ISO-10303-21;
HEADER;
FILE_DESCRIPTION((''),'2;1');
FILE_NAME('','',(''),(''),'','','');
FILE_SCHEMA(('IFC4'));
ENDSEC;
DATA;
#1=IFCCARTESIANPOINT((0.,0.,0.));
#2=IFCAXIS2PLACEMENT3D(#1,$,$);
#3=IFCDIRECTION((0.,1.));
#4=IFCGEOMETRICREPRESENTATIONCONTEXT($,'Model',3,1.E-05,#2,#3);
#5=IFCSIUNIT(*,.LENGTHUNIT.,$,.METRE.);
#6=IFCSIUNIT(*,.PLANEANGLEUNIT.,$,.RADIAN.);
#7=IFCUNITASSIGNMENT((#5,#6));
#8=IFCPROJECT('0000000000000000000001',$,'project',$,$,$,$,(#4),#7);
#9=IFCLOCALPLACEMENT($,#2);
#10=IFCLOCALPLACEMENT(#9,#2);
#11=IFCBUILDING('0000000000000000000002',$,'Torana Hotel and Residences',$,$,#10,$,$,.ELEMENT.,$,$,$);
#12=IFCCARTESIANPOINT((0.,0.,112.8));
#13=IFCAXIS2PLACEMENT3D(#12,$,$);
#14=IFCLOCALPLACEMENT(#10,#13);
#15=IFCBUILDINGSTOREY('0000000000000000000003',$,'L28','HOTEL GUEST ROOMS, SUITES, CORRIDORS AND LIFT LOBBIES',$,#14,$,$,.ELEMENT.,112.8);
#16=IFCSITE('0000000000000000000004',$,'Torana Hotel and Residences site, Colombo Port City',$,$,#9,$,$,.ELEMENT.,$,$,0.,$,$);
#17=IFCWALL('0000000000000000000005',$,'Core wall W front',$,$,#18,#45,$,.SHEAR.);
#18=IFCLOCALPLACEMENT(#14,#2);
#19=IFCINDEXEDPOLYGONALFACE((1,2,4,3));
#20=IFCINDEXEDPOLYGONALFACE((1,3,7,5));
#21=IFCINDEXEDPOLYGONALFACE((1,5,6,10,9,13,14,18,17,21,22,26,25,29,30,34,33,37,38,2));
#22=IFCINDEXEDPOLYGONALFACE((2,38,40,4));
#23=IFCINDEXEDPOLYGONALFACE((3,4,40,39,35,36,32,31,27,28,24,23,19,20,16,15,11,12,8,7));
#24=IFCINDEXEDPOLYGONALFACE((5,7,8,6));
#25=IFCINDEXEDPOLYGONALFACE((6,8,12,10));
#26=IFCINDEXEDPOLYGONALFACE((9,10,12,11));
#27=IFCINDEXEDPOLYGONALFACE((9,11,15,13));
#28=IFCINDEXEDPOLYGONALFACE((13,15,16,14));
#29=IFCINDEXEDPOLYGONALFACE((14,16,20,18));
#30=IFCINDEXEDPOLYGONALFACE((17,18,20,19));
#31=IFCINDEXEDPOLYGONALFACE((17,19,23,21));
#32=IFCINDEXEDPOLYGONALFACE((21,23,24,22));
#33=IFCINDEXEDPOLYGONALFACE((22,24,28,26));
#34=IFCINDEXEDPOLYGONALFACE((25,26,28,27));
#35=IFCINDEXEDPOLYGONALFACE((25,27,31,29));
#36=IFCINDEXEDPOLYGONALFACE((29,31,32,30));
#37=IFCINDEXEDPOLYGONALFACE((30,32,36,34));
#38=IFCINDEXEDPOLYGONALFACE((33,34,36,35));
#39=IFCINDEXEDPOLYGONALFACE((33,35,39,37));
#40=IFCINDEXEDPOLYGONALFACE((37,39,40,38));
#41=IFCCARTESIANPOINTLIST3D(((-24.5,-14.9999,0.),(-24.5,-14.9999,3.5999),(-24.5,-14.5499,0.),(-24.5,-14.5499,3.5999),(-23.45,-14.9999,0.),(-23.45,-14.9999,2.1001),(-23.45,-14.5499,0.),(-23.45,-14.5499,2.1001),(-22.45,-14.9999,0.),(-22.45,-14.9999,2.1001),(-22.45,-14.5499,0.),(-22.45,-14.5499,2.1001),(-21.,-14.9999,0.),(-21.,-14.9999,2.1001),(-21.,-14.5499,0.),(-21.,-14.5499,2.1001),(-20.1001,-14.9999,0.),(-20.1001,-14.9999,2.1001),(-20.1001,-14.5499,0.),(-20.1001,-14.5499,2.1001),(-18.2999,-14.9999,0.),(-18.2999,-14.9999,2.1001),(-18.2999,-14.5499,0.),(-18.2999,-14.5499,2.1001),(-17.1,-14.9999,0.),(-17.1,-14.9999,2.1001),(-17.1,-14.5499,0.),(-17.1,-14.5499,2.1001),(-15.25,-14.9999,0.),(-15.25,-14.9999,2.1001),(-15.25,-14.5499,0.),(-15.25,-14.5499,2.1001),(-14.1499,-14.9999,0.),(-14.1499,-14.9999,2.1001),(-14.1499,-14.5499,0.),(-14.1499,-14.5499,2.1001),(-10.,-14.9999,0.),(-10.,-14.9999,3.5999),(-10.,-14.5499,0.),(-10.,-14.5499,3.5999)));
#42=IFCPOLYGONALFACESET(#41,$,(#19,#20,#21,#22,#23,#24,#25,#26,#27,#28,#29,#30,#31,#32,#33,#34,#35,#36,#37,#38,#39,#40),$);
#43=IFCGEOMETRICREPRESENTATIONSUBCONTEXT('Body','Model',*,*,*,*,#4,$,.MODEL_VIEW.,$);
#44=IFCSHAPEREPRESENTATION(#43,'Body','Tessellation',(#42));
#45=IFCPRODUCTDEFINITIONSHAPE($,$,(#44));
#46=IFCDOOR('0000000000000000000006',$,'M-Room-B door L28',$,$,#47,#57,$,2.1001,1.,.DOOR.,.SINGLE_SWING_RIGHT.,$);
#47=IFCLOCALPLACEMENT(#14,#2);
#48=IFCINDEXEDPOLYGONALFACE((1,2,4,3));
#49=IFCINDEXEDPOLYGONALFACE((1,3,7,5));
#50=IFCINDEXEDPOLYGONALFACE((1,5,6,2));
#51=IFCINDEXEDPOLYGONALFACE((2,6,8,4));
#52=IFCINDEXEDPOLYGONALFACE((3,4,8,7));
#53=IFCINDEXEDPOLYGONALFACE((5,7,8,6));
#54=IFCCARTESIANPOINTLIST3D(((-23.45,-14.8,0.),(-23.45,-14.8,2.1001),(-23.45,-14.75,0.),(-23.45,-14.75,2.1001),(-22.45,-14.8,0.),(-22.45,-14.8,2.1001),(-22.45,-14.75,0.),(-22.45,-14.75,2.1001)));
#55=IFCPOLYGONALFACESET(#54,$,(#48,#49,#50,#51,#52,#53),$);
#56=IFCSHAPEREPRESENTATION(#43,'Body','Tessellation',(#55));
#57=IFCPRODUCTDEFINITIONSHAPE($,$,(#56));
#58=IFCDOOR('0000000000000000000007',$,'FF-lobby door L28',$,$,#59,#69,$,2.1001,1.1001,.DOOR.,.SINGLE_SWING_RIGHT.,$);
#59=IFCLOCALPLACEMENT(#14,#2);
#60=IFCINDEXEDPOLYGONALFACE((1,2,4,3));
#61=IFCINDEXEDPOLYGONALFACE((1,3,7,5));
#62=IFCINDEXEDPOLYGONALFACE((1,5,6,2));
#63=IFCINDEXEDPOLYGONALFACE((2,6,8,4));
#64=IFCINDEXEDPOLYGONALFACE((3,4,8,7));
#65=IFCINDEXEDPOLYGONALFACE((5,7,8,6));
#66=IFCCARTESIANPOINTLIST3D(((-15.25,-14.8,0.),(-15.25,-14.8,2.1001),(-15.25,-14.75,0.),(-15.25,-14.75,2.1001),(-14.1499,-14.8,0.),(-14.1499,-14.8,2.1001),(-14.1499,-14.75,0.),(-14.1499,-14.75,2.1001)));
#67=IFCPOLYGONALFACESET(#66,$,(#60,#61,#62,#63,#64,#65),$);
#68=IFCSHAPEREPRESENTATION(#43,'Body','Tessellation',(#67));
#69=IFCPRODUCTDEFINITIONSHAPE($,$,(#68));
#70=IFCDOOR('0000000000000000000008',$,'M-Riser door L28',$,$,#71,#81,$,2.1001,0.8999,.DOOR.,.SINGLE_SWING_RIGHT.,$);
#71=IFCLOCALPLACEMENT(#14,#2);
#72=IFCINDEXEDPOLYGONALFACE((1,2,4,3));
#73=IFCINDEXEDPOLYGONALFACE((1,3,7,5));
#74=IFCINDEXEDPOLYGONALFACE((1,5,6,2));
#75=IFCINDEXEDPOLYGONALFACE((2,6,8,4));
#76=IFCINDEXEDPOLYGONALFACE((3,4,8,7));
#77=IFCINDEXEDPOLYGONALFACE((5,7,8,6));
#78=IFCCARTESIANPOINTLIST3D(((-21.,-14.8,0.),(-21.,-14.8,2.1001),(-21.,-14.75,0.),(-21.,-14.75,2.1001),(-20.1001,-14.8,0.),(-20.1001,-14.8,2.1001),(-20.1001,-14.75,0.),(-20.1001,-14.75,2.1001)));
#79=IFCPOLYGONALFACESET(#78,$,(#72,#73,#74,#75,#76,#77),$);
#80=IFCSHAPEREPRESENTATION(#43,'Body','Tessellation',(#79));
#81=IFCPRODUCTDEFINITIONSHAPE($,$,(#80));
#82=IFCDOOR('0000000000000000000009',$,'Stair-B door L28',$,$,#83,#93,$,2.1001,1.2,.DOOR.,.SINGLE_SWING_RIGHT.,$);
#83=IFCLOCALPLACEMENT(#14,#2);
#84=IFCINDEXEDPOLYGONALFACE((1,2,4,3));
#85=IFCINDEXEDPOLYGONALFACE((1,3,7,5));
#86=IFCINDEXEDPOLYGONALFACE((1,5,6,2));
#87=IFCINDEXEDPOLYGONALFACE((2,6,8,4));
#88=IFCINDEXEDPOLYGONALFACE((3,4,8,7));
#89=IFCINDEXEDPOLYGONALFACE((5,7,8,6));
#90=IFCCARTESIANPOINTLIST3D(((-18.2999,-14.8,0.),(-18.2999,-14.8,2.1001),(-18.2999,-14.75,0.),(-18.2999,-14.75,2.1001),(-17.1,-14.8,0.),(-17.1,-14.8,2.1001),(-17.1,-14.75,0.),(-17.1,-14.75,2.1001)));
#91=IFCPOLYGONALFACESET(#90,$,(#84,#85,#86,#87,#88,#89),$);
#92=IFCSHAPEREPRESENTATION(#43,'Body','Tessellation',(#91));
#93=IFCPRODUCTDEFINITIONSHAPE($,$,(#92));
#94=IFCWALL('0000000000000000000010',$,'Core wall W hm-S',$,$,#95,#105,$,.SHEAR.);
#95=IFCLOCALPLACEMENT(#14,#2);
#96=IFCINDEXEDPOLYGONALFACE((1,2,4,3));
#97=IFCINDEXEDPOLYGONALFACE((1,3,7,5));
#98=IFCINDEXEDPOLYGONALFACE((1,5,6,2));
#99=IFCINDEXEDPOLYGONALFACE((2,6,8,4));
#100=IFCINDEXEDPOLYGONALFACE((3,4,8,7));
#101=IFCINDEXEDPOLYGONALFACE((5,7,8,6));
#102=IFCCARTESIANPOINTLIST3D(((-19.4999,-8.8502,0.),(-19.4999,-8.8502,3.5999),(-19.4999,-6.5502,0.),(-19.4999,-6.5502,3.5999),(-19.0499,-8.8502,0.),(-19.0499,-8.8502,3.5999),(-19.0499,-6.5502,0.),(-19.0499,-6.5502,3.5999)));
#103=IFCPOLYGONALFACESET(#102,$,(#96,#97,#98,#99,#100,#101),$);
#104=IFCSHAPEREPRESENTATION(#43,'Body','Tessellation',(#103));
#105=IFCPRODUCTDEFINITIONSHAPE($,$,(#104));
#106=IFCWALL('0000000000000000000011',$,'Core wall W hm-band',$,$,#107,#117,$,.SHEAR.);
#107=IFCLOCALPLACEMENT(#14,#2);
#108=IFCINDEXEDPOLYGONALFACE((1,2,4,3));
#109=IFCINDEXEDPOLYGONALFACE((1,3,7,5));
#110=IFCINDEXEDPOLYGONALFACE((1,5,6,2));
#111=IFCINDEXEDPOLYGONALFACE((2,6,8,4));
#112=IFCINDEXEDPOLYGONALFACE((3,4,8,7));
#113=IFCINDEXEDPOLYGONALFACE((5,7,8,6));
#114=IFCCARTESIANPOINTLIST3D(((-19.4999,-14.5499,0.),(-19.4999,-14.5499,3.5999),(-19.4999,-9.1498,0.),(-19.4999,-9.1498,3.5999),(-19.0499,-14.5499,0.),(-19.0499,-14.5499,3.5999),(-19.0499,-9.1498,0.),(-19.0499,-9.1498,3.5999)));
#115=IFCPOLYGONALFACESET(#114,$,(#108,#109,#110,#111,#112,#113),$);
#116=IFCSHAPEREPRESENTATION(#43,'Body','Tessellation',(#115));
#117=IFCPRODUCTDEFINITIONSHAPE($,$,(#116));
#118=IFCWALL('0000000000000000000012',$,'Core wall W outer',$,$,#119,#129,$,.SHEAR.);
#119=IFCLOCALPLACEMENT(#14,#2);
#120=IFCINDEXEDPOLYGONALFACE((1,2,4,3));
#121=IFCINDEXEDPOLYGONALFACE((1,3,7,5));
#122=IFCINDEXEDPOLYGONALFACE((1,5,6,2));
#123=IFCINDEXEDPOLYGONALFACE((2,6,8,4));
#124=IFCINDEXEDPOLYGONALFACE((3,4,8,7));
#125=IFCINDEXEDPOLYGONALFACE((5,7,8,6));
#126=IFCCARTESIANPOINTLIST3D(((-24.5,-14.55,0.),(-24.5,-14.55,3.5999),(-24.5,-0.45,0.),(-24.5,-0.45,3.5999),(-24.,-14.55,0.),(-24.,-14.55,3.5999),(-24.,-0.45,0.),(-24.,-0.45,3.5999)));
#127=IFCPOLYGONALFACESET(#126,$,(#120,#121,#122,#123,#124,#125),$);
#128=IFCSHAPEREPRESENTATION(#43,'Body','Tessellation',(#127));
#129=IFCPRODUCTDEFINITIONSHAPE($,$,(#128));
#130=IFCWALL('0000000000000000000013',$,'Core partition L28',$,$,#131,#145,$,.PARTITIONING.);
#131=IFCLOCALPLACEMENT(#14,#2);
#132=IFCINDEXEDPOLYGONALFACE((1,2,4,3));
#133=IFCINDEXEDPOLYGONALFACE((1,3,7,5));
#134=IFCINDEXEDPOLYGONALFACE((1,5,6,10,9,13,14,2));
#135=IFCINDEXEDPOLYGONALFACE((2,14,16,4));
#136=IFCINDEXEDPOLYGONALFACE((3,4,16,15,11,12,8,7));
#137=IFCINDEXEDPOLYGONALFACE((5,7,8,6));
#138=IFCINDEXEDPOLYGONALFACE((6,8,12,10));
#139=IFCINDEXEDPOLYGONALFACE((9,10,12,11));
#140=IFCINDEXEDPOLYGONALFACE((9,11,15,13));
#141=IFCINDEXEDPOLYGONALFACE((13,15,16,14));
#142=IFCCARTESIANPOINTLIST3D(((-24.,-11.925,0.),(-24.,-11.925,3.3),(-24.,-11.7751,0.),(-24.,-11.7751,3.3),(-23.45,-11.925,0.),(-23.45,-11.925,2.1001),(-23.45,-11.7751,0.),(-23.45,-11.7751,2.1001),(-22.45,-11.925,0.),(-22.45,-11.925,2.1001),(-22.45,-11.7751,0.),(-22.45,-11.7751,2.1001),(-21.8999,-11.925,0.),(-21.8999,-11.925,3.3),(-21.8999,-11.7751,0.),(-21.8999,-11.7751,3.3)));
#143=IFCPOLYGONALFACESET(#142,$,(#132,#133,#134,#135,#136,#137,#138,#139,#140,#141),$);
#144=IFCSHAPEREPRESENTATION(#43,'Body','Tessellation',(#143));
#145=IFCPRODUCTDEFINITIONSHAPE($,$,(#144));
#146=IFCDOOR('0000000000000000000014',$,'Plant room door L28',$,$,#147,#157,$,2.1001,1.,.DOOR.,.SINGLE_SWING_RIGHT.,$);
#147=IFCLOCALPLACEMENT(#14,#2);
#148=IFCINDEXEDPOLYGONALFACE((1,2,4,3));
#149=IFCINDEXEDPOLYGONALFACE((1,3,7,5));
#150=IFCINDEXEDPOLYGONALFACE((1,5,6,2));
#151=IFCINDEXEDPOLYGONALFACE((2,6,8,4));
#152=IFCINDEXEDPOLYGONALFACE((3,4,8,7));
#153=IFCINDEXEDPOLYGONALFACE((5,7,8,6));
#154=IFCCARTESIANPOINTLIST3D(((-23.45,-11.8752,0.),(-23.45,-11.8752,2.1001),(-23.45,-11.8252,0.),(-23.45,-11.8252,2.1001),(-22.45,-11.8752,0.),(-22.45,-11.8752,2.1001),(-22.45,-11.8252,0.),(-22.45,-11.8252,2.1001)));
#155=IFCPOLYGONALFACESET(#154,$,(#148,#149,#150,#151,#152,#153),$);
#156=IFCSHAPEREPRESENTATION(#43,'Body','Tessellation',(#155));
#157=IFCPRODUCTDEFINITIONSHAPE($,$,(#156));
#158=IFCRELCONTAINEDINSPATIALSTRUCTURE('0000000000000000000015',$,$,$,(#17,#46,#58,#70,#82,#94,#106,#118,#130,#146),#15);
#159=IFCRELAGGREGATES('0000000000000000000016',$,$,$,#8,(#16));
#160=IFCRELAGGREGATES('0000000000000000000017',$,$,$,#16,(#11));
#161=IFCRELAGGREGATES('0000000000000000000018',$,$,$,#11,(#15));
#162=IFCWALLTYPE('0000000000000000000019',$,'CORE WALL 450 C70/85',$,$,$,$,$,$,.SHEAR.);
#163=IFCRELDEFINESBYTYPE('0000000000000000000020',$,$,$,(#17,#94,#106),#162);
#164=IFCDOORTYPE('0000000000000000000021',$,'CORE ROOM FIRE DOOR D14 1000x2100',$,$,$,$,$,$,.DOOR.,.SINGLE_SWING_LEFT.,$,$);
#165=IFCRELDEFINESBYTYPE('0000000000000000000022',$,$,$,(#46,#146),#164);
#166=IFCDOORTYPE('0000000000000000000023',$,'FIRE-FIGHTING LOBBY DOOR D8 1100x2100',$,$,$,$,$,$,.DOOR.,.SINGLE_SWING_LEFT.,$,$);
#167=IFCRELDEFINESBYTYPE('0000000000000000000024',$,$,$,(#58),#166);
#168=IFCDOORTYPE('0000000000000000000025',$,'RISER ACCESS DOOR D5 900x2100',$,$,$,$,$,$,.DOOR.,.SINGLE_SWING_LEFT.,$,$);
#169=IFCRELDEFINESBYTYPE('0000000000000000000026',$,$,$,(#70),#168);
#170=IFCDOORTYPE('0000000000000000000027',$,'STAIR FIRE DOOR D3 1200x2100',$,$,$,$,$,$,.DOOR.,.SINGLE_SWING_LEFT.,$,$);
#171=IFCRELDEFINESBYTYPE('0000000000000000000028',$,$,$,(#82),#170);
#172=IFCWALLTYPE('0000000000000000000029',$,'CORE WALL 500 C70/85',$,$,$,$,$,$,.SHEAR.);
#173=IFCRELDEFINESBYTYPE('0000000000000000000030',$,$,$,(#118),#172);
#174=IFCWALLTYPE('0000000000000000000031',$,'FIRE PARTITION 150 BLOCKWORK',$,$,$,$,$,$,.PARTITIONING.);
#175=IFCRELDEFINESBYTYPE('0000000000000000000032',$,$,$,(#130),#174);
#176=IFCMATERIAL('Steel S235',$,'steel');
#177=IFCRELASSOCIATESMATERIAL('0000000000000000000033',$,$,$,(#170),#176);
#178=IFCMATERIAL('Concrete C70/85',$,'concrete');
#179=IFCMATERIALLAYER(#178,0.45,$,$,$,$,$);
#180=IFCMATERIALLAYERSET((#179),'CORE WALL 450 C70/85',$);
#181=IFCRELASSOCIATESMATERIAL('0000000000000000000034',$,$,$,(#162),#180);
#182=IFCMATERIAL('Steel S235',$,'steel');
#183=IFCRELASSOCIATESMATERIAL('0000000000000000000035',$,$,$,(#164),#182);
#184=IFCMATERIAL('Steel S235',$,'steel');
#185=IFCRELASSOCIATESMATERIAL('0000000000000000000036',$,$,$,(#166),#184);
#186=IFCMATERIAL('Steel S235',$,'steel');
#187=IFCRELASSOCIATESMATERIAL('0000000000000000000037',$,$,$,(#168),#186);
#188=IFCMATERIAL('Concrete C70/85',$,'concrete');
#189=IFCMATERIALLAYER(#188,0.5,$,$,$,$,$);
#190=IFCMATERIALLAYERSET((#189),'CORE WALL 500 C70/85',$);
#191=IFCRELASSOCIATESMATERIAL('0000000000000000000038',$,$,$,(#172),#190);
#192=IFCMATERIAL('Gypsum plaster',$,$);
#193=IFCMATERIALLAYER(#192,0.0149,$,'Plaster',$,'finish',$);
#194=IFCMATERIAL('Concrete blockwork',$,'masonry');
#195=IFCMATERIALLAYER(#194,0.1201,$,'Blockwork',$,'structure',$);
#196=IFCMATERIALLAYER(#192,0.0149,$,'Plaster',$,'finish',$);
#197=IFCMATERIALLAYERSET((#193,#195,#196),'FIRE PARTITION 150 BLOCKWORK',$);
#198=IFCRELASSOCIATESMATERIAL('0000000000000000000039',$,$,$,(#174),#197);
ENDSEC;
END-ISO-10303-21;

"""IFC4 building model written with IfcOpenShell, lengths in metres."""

from ifc_helpers import new_model, si_unit, direction, frame, frame_2d, origin, place, context, subcontext, project, spatial, rectangle, extrude, material, layer, layer_set, type_object, element, fill, save


model = new_model("IFC4")

# Units and contexts
model_context = context("Model", 3, precision=1e-05, world=origin(), true_north=direction((0.0, 1.0)))
body_context = subcontext(model_context, "Body", "Model", "MODEL_VIEW")
ifc_project = project(units=[si_unit("LENGTHUNIT", "METRE"), si_unit("PLANEANGLEUNIT", "RADIAN")], contexts=[model_context])

# Site, building, storey
site_placement = place(None, origin())
site = spatial("IfcSite", under=ifc_project, at=site_placement, Name="Torana Hotel and Residences site, Colombo Port City", CompositionType="ELEMENT", RefElevation=0.0)
building_placement = place(site_placement, origin())
building = spatial("IfcBuilding", under=site, at=building_placement, Name="Torana Hotel and Residences", CompositionType="ELEMENT")
storey_placement = place(building_placement, frame((0.0, 0.0, 112.8)))
storey = spatial("IfcBuildingStorey", under=building, at=storey_placement, Name="L28", Description="HOTEL GUEST ROOMS, SUITES, CORRIDORS AND LIFT LOBBIES", CompositionType="ELEMENT", Elevation=112.8)

# Shared definitions
ifc_material_1 = material(Name="Steel S235", Category="steel")
door_type_1 = type_object("IfcDoorType", Name="STAIR FIRE DOOR D3 1200x2100", OperationType="SINGLE_SWING_LEFT", PredefinedType="DOOR", material=ifc_material_1)

# Wall, openings, doors
ifc_material_2 = material(Name="Concrete C70/85", Category="concrete")
ifc_layer_1 = layer(ifc_material_2, 0.45)
ifc_layer_set_1 = layer_set([ifc_layer_1], Name="CORE WALL 450 C70/85")
wall_type_1 = type_object("IfcWallType", Name="CORE WALL 450 C70/85", PredefinedType="SHEAR", material=ifc_layer_set_1)
wall_1_placement = place(storey_placement, frame((-24.5, -14.7749, 0.0), z_axis=(0.0, 0.0, 1.0), x_axis=(1.0, 0.0, 0.0)))
wall_1 = element("IfcWall", 1, at=wall_1_placement, inside=storey, type_object=wall_type_1, Name="Core wall W front", PredefinedType="SHEAR", context=body_context, shape_type="SweptSolid", body=[
    extrude(rectangle(XDim=14.5, YDim=0.45, at=frame_2d((7.25, 0.0))), origin(), (0.0, 0.0, 1.0), 3.5999),
])
opening_1_placement = place(wall_1_placement, frame((6.2, 0.0, 0.0)))
opening_1 = element("IfcOpeningElement", 2, at=opening_1_placement, cuts=wall_1, PredefinedType="OPENING", context=body_context, shape_type="SweptSolid", body=[
    extrude(rectangle(XDim=1.2, YDim=2.1001, at=frame_2d((0.6001, 1.05))), frame((0.0, 0.2349, 0.0), z_axis=(0.0, -1.0, 0.0), x_axis=(1.0, 0.0, 0.0)), (0.0, 0.0, 1.0), 0.47),
])
opening_2_placement = place(wall_1_placement, frame((9.25, 0.0, 0.0)))
opening_2 = element("IfcOpeningElement", 3, at=opening_2_placement, cuts=wall_1, PredefinedType="OPENING", context=body_context, shape_type="SweptSolid", body=[
    extrude(rectangle(XDim=1.1001, YDim=2.1001, at=frame_2d((0.55, 1.05))), frame((0.0, 0.2349, 0.0), z_axis=(0.0, -1.0, 0.0), x_axis=(1.0, 0.0, 0.0)), (0.0, 0.0, 1.0), 0.47),
])
opening_3_placement = place(wall_1_placement, frame((3.5, 0.0, 0.0)))
opening_3 = element("IfcOpeningElement", 4, at=opening_3_placement, cuts=wall_1, PredefinedType="OPENING", context=body_context, shape_type="SweptSolid", body=[
    extrude(rectangle(XDim=0.8999, YDim=2.1001, at=frame_2d((0.45, 1.05))), frame((0.0, 0.2349, 0.0), z_axis=(0.0, -1.0, 0.0), x_axis=(1.0, 0.0, 0.0)), (0.0, 0.0, 1.0), 0.47),
])
opening_4_placement = place(wall_1_placement, frame((1.05, 0.0, 0.0)))
opening_4 = element("IfcOpeningElement", 5, at=opening_4_placement, cuts=wall_1, PredefinedType="OPENING", context=body_context, shape_type="SweptSolid", body=[
    extrude(rectangle(XDim=1.0, YDim=2.1001, at=frame_2d((0.5, 1.05))), frame((0.0, 0.2349, 0.0), z_axis=(0.0, -1.0, 0.0), x_axis=(1.0, 0.0, 0.0)), (0.0, 0.0, 1.0), 0.47),
])
ifc_material_3 = material(Name="Steel S235", Category="steel")
door_type_2 = type_object("IfcDoorType", Name="CORE ROOM FIRE DOOR D14 1000x2100", OperationType="SINGLE_SWING_LEFT", PredefinedType="DOOR", material=ifc_material_3)
door_1_placement = place(opening_4_placement, origin())
door_1 = element("IfcDoor", 6, at=door_1_placement, inside=storey, type_object=door_type_2, Name="M-Room-B door L28", OperationType="SINGLE_SWING_RIGHT", OverallHeight=2.1001, OverallWidth=1.0, PredefinedType="DOOR", context=body_context, shape_type="SweptSolid", body=[
    extrude(rectangle(XDim=1.0, YDim=2.1001, at=frame_2d((0.5, 1.05))), frame((0.0, 0.0249, 0.0), z_axis=(0.0, -1.0, 0.0), x_axis=(1.0, 0.0, 0.0)), (0.0, 0.0, 1.0), 0.05),
])
fill(opening_4, door_1)
ifc_material_4 = material(Name="Steel S235", Category="steel")
door_type_3 = type_object("IfcDoorType", Name="FIRE-FIGHTING LOBBY DOOR D8 1100x2100", OperationType="SINGLE_SWING_LEFT", PredefinedType="DOOR", material=ifc_material_4)
door_2_placement = place(opening_2_placement, origin())
door_2 = element("IfcDoor", 7, at=door_2_placement, inside=storey, type_object=door_type_3, Name="FF-lobby door L28", OperationType="SINGLE_SWING_RIGHT", OverallHeight=2.1001, OverallWidth=1.1001, PredefinedType="DOOR", context=body_context, shape_type="SweptSolid", body=[
    extrude(rectangle(XDim=1.1001, YDim=2.1001, at=frame_2d((0.55, 1.05))), frame((0.0, 0.0249, 0.0), z_axis=(0.0, -1.0, 0.0), x_axis=(1.0, 0.0, 0.0)), (0.0, 0.0, 1.0), 0.05),
])
fill(opening_2, door_2)
ifc_material_5 = material(Name="Steel S235", Category="steel")
door_type_4 = type_object("IfcDoorType", Name="RISER ACCESS DOOR D5 900x2100", OperationType="SINGLE_SWING_LEFT", PredefinedType="DOOR", material=ifc_material_5)
door_3_placement = place(opening_3_placement, origin())
door_3 = element("IfcDoor", 8, at=door_3_placement, inside=storey, type_object=door_type_4, Name="M-Riser door L28", OperationType="SINGLE_SWING_RIGHT", OverallHeight=2.1001, OverallWidth=0.8999, PredefinedType="DOOR", context=body_context, shape_type="SweptSolid", body=[
    extrude(rectangle(XDim=0.8999, YDim=2.1001, at=frame_2d((0.45, 1.05))), frame((0.0, 0.0249, 0.0), z_axis=(0.0, -1.0, 0.0), x_axis=(1.0, 0.0, 0.0)), (0.0, 0.0, 1.0), 0.05),
])
fill(opening_3, door_3)
door_4_placement = place(opening_1_placement, origin())
door_4 = element("IfcDoor", 9, at=door_4_placement, inside=storey, type_object=door_type_1, Name="Stair-B door L28", OperationType="SINGLE_SWING_RIGHT", OverallHeight=2.1001, OverallWidth=1.2, PredefinedType="DOOR", context=body_context, shape_type="SweptSolid", body=[
    extrude(rectangle(XDim=1.2, YDim=2.1001, at=frame_2d((0.6001, 1.05))), frame((0.0, 0.0249, 0.0), z_axis=(0.0, -1.0, 0.0), x_axis=(1.0, 0.0, 0.0)), (0.0, 0.0, 1.0), 0.05),
])
fill(opening_1, door_4)

# Walls
wall_2_placement = place(storey_placement, frame((-19.2749, -8.8501, 0.0), z_axis=(0.0, 0.0, 1.0), x_axis=(0.0, 1.0, 0.0)))
element("IfcWall", 10, at=wall_2_placement, inside=storey, type_object=wall_type_1, Name="Core wall W hm-S", PredefinedType="SHEAR", context=body_context, shape_type="SweptSolid", body=[
    extrude(rectangle(XDim=2.3, YDim=0.45, at=frame_2d((1.1499, 0.0))), origin(), (0.0, 0.0, 1.0), 3.5999),
])
wall_3_placement = place(storey_placement, frame((-19.2749, -14.55, 0.0), z_axis=(0.0, 0.0, 1.0), x_axis=(0.0, 1.0, 0.0)))
element("IfcWall", 11, at=wall_3_placement, inside=storey, type_object=wall_type_1, Name="Core wall W hm-band", PredefinedType="SHEAR", context=body_context, shape_type="SweptSolid", body=[
    extrude(rectangle(XDim=5.4001, YDim=0.45, at=frame_2d((2.7002, 0.0))), origin(), (0.0, 0.0, 1.0), 3.5999),
])
ifc_material_6 = material(Name="Concrete C70/85", Category="concrete")
ifc_layer_2 = layer(ifc_material_6, 0.5)
ifc_layer_set_2 = layer_set([ifc_layer_2], Name="CORE WALL 500 C70/85")
wall_type_2 = type_object("IfcWallType", Name="CORE WALL 500 C70/85", PredefinedType="SHEAR", material=ifc_layer_set_2)
wall_4_placement = place(storey_placement, frame((-24.25, -14.55, 0.0), z_axis=(0.0, 0.0, 1.0), x_axis=(0.0, 1.0, 0.0)))
element("IfcWall", 12, at=wall_4_placement, inside=storey, type_object=wall_type_2, Name="Core wall W outer", PredefinedType="SHEAR", context=body_context, shape_type="SweptSolid", body=[
    extrude(rectangle(XDim=14.1001, YDim=0.5, at=frame_2d((7.05, 0.0))), origin(), (0.0, 0.0, 1.0), 3.5999),
])

# Wall, opening, door
ifc_material_7 = material(Name="Gypsum plaster")
ifc_layer_3 = layer(ifc_material_7, 0.0149, Name="Plaster", Category="finish")
ifc_material_8 = material(Name="Concrete blockwork", Category="masonry")
ifc_layer_4 = layer(ifc_material_8, 0.1201, Name="Blockwork", Category="structure")
ifc_layer_5 = layer(ifc_material_7, 0.0149, Name="Plaster", Category="finish")
ifc_layer_set_3 = layer_set([ifc_layer_3, ifc_layer_4, ifc_layer_5], Name="FIRE PARTITION 150 BLOCKWORK")
wall_type_3 = type_object("IfcWallType", Name="FIRE PARTITION 150 BLOCKWORK", PredefinedType="PARTITIONING", material=ifc_layer_set_3)
wall_5_placement = place(storey_placement, frame((-24.0, -11.8501, 0.0), z_axis=(0.0, 0.0, 1.0), x_axis=(1.0, 0.0, 0.0)))
wall_5 = element("IfcWall", 13, at=wall_5_placement, inside=storey, type_object=wall_type_3, Name="Core partition L28", PredefinedType="PARTITIONING", context=body_context, shape_type="SweptSolid", body=[
    extrude(rectangle(XDim=2.1001, YDim=0.1499, at=frame_2d((1.05, 0.0))), origin(), (0.0, 0.0, 1.0), 3.3),
])
opening_5_placement = place(wall_5_placement, frame((0.55, 0.0, 0.0)))
opening_5 = element("IfcOpeningElement", 14, at=opening_5_placement, cuts=wall_5, PredefinedType="OPENING", context=body_context, shape_type="SweptSolid", body=[
    extrude(rectangle(XDim=1.0, YDim=2.1001, at=frame_2d((0.5, 1.05))), frame((0.0, 0.085, 0.0), z_axis=(0.0, -1.0, 0.0), x_axis=(1.0, 0.0, 0.0)), (0.0, 0.0, 1.0), 0.1699),
])
door_5_placement = place(opening_5_placement, origin())
door_5 = element("IfcDoor", 15, at=door_5_placement, inside=storey, type_object=door_type_2, Name="Plant room door L28", OperationType="SINGLE_SWING_RIGHT", OverallHeight=2.1001, OverallWidth=1.0, PredefinedType="DOOR", context=body_context, shape_type="SweptSolid", body=[
    extrude(rectangle(XDim=1.0, YDim=2.1001, at=frame_2d((0.5, 1.05))), frame((0.0, 0.0249, 0.0), z_axis=(0.0, -1.0, 0.0), x_axis=(1.0, 0.0, 0.0)), (0.0, 0.0, 1.0), 0.05),
])
fill(opening_5, door_5)

save(model, "model.ifc")
